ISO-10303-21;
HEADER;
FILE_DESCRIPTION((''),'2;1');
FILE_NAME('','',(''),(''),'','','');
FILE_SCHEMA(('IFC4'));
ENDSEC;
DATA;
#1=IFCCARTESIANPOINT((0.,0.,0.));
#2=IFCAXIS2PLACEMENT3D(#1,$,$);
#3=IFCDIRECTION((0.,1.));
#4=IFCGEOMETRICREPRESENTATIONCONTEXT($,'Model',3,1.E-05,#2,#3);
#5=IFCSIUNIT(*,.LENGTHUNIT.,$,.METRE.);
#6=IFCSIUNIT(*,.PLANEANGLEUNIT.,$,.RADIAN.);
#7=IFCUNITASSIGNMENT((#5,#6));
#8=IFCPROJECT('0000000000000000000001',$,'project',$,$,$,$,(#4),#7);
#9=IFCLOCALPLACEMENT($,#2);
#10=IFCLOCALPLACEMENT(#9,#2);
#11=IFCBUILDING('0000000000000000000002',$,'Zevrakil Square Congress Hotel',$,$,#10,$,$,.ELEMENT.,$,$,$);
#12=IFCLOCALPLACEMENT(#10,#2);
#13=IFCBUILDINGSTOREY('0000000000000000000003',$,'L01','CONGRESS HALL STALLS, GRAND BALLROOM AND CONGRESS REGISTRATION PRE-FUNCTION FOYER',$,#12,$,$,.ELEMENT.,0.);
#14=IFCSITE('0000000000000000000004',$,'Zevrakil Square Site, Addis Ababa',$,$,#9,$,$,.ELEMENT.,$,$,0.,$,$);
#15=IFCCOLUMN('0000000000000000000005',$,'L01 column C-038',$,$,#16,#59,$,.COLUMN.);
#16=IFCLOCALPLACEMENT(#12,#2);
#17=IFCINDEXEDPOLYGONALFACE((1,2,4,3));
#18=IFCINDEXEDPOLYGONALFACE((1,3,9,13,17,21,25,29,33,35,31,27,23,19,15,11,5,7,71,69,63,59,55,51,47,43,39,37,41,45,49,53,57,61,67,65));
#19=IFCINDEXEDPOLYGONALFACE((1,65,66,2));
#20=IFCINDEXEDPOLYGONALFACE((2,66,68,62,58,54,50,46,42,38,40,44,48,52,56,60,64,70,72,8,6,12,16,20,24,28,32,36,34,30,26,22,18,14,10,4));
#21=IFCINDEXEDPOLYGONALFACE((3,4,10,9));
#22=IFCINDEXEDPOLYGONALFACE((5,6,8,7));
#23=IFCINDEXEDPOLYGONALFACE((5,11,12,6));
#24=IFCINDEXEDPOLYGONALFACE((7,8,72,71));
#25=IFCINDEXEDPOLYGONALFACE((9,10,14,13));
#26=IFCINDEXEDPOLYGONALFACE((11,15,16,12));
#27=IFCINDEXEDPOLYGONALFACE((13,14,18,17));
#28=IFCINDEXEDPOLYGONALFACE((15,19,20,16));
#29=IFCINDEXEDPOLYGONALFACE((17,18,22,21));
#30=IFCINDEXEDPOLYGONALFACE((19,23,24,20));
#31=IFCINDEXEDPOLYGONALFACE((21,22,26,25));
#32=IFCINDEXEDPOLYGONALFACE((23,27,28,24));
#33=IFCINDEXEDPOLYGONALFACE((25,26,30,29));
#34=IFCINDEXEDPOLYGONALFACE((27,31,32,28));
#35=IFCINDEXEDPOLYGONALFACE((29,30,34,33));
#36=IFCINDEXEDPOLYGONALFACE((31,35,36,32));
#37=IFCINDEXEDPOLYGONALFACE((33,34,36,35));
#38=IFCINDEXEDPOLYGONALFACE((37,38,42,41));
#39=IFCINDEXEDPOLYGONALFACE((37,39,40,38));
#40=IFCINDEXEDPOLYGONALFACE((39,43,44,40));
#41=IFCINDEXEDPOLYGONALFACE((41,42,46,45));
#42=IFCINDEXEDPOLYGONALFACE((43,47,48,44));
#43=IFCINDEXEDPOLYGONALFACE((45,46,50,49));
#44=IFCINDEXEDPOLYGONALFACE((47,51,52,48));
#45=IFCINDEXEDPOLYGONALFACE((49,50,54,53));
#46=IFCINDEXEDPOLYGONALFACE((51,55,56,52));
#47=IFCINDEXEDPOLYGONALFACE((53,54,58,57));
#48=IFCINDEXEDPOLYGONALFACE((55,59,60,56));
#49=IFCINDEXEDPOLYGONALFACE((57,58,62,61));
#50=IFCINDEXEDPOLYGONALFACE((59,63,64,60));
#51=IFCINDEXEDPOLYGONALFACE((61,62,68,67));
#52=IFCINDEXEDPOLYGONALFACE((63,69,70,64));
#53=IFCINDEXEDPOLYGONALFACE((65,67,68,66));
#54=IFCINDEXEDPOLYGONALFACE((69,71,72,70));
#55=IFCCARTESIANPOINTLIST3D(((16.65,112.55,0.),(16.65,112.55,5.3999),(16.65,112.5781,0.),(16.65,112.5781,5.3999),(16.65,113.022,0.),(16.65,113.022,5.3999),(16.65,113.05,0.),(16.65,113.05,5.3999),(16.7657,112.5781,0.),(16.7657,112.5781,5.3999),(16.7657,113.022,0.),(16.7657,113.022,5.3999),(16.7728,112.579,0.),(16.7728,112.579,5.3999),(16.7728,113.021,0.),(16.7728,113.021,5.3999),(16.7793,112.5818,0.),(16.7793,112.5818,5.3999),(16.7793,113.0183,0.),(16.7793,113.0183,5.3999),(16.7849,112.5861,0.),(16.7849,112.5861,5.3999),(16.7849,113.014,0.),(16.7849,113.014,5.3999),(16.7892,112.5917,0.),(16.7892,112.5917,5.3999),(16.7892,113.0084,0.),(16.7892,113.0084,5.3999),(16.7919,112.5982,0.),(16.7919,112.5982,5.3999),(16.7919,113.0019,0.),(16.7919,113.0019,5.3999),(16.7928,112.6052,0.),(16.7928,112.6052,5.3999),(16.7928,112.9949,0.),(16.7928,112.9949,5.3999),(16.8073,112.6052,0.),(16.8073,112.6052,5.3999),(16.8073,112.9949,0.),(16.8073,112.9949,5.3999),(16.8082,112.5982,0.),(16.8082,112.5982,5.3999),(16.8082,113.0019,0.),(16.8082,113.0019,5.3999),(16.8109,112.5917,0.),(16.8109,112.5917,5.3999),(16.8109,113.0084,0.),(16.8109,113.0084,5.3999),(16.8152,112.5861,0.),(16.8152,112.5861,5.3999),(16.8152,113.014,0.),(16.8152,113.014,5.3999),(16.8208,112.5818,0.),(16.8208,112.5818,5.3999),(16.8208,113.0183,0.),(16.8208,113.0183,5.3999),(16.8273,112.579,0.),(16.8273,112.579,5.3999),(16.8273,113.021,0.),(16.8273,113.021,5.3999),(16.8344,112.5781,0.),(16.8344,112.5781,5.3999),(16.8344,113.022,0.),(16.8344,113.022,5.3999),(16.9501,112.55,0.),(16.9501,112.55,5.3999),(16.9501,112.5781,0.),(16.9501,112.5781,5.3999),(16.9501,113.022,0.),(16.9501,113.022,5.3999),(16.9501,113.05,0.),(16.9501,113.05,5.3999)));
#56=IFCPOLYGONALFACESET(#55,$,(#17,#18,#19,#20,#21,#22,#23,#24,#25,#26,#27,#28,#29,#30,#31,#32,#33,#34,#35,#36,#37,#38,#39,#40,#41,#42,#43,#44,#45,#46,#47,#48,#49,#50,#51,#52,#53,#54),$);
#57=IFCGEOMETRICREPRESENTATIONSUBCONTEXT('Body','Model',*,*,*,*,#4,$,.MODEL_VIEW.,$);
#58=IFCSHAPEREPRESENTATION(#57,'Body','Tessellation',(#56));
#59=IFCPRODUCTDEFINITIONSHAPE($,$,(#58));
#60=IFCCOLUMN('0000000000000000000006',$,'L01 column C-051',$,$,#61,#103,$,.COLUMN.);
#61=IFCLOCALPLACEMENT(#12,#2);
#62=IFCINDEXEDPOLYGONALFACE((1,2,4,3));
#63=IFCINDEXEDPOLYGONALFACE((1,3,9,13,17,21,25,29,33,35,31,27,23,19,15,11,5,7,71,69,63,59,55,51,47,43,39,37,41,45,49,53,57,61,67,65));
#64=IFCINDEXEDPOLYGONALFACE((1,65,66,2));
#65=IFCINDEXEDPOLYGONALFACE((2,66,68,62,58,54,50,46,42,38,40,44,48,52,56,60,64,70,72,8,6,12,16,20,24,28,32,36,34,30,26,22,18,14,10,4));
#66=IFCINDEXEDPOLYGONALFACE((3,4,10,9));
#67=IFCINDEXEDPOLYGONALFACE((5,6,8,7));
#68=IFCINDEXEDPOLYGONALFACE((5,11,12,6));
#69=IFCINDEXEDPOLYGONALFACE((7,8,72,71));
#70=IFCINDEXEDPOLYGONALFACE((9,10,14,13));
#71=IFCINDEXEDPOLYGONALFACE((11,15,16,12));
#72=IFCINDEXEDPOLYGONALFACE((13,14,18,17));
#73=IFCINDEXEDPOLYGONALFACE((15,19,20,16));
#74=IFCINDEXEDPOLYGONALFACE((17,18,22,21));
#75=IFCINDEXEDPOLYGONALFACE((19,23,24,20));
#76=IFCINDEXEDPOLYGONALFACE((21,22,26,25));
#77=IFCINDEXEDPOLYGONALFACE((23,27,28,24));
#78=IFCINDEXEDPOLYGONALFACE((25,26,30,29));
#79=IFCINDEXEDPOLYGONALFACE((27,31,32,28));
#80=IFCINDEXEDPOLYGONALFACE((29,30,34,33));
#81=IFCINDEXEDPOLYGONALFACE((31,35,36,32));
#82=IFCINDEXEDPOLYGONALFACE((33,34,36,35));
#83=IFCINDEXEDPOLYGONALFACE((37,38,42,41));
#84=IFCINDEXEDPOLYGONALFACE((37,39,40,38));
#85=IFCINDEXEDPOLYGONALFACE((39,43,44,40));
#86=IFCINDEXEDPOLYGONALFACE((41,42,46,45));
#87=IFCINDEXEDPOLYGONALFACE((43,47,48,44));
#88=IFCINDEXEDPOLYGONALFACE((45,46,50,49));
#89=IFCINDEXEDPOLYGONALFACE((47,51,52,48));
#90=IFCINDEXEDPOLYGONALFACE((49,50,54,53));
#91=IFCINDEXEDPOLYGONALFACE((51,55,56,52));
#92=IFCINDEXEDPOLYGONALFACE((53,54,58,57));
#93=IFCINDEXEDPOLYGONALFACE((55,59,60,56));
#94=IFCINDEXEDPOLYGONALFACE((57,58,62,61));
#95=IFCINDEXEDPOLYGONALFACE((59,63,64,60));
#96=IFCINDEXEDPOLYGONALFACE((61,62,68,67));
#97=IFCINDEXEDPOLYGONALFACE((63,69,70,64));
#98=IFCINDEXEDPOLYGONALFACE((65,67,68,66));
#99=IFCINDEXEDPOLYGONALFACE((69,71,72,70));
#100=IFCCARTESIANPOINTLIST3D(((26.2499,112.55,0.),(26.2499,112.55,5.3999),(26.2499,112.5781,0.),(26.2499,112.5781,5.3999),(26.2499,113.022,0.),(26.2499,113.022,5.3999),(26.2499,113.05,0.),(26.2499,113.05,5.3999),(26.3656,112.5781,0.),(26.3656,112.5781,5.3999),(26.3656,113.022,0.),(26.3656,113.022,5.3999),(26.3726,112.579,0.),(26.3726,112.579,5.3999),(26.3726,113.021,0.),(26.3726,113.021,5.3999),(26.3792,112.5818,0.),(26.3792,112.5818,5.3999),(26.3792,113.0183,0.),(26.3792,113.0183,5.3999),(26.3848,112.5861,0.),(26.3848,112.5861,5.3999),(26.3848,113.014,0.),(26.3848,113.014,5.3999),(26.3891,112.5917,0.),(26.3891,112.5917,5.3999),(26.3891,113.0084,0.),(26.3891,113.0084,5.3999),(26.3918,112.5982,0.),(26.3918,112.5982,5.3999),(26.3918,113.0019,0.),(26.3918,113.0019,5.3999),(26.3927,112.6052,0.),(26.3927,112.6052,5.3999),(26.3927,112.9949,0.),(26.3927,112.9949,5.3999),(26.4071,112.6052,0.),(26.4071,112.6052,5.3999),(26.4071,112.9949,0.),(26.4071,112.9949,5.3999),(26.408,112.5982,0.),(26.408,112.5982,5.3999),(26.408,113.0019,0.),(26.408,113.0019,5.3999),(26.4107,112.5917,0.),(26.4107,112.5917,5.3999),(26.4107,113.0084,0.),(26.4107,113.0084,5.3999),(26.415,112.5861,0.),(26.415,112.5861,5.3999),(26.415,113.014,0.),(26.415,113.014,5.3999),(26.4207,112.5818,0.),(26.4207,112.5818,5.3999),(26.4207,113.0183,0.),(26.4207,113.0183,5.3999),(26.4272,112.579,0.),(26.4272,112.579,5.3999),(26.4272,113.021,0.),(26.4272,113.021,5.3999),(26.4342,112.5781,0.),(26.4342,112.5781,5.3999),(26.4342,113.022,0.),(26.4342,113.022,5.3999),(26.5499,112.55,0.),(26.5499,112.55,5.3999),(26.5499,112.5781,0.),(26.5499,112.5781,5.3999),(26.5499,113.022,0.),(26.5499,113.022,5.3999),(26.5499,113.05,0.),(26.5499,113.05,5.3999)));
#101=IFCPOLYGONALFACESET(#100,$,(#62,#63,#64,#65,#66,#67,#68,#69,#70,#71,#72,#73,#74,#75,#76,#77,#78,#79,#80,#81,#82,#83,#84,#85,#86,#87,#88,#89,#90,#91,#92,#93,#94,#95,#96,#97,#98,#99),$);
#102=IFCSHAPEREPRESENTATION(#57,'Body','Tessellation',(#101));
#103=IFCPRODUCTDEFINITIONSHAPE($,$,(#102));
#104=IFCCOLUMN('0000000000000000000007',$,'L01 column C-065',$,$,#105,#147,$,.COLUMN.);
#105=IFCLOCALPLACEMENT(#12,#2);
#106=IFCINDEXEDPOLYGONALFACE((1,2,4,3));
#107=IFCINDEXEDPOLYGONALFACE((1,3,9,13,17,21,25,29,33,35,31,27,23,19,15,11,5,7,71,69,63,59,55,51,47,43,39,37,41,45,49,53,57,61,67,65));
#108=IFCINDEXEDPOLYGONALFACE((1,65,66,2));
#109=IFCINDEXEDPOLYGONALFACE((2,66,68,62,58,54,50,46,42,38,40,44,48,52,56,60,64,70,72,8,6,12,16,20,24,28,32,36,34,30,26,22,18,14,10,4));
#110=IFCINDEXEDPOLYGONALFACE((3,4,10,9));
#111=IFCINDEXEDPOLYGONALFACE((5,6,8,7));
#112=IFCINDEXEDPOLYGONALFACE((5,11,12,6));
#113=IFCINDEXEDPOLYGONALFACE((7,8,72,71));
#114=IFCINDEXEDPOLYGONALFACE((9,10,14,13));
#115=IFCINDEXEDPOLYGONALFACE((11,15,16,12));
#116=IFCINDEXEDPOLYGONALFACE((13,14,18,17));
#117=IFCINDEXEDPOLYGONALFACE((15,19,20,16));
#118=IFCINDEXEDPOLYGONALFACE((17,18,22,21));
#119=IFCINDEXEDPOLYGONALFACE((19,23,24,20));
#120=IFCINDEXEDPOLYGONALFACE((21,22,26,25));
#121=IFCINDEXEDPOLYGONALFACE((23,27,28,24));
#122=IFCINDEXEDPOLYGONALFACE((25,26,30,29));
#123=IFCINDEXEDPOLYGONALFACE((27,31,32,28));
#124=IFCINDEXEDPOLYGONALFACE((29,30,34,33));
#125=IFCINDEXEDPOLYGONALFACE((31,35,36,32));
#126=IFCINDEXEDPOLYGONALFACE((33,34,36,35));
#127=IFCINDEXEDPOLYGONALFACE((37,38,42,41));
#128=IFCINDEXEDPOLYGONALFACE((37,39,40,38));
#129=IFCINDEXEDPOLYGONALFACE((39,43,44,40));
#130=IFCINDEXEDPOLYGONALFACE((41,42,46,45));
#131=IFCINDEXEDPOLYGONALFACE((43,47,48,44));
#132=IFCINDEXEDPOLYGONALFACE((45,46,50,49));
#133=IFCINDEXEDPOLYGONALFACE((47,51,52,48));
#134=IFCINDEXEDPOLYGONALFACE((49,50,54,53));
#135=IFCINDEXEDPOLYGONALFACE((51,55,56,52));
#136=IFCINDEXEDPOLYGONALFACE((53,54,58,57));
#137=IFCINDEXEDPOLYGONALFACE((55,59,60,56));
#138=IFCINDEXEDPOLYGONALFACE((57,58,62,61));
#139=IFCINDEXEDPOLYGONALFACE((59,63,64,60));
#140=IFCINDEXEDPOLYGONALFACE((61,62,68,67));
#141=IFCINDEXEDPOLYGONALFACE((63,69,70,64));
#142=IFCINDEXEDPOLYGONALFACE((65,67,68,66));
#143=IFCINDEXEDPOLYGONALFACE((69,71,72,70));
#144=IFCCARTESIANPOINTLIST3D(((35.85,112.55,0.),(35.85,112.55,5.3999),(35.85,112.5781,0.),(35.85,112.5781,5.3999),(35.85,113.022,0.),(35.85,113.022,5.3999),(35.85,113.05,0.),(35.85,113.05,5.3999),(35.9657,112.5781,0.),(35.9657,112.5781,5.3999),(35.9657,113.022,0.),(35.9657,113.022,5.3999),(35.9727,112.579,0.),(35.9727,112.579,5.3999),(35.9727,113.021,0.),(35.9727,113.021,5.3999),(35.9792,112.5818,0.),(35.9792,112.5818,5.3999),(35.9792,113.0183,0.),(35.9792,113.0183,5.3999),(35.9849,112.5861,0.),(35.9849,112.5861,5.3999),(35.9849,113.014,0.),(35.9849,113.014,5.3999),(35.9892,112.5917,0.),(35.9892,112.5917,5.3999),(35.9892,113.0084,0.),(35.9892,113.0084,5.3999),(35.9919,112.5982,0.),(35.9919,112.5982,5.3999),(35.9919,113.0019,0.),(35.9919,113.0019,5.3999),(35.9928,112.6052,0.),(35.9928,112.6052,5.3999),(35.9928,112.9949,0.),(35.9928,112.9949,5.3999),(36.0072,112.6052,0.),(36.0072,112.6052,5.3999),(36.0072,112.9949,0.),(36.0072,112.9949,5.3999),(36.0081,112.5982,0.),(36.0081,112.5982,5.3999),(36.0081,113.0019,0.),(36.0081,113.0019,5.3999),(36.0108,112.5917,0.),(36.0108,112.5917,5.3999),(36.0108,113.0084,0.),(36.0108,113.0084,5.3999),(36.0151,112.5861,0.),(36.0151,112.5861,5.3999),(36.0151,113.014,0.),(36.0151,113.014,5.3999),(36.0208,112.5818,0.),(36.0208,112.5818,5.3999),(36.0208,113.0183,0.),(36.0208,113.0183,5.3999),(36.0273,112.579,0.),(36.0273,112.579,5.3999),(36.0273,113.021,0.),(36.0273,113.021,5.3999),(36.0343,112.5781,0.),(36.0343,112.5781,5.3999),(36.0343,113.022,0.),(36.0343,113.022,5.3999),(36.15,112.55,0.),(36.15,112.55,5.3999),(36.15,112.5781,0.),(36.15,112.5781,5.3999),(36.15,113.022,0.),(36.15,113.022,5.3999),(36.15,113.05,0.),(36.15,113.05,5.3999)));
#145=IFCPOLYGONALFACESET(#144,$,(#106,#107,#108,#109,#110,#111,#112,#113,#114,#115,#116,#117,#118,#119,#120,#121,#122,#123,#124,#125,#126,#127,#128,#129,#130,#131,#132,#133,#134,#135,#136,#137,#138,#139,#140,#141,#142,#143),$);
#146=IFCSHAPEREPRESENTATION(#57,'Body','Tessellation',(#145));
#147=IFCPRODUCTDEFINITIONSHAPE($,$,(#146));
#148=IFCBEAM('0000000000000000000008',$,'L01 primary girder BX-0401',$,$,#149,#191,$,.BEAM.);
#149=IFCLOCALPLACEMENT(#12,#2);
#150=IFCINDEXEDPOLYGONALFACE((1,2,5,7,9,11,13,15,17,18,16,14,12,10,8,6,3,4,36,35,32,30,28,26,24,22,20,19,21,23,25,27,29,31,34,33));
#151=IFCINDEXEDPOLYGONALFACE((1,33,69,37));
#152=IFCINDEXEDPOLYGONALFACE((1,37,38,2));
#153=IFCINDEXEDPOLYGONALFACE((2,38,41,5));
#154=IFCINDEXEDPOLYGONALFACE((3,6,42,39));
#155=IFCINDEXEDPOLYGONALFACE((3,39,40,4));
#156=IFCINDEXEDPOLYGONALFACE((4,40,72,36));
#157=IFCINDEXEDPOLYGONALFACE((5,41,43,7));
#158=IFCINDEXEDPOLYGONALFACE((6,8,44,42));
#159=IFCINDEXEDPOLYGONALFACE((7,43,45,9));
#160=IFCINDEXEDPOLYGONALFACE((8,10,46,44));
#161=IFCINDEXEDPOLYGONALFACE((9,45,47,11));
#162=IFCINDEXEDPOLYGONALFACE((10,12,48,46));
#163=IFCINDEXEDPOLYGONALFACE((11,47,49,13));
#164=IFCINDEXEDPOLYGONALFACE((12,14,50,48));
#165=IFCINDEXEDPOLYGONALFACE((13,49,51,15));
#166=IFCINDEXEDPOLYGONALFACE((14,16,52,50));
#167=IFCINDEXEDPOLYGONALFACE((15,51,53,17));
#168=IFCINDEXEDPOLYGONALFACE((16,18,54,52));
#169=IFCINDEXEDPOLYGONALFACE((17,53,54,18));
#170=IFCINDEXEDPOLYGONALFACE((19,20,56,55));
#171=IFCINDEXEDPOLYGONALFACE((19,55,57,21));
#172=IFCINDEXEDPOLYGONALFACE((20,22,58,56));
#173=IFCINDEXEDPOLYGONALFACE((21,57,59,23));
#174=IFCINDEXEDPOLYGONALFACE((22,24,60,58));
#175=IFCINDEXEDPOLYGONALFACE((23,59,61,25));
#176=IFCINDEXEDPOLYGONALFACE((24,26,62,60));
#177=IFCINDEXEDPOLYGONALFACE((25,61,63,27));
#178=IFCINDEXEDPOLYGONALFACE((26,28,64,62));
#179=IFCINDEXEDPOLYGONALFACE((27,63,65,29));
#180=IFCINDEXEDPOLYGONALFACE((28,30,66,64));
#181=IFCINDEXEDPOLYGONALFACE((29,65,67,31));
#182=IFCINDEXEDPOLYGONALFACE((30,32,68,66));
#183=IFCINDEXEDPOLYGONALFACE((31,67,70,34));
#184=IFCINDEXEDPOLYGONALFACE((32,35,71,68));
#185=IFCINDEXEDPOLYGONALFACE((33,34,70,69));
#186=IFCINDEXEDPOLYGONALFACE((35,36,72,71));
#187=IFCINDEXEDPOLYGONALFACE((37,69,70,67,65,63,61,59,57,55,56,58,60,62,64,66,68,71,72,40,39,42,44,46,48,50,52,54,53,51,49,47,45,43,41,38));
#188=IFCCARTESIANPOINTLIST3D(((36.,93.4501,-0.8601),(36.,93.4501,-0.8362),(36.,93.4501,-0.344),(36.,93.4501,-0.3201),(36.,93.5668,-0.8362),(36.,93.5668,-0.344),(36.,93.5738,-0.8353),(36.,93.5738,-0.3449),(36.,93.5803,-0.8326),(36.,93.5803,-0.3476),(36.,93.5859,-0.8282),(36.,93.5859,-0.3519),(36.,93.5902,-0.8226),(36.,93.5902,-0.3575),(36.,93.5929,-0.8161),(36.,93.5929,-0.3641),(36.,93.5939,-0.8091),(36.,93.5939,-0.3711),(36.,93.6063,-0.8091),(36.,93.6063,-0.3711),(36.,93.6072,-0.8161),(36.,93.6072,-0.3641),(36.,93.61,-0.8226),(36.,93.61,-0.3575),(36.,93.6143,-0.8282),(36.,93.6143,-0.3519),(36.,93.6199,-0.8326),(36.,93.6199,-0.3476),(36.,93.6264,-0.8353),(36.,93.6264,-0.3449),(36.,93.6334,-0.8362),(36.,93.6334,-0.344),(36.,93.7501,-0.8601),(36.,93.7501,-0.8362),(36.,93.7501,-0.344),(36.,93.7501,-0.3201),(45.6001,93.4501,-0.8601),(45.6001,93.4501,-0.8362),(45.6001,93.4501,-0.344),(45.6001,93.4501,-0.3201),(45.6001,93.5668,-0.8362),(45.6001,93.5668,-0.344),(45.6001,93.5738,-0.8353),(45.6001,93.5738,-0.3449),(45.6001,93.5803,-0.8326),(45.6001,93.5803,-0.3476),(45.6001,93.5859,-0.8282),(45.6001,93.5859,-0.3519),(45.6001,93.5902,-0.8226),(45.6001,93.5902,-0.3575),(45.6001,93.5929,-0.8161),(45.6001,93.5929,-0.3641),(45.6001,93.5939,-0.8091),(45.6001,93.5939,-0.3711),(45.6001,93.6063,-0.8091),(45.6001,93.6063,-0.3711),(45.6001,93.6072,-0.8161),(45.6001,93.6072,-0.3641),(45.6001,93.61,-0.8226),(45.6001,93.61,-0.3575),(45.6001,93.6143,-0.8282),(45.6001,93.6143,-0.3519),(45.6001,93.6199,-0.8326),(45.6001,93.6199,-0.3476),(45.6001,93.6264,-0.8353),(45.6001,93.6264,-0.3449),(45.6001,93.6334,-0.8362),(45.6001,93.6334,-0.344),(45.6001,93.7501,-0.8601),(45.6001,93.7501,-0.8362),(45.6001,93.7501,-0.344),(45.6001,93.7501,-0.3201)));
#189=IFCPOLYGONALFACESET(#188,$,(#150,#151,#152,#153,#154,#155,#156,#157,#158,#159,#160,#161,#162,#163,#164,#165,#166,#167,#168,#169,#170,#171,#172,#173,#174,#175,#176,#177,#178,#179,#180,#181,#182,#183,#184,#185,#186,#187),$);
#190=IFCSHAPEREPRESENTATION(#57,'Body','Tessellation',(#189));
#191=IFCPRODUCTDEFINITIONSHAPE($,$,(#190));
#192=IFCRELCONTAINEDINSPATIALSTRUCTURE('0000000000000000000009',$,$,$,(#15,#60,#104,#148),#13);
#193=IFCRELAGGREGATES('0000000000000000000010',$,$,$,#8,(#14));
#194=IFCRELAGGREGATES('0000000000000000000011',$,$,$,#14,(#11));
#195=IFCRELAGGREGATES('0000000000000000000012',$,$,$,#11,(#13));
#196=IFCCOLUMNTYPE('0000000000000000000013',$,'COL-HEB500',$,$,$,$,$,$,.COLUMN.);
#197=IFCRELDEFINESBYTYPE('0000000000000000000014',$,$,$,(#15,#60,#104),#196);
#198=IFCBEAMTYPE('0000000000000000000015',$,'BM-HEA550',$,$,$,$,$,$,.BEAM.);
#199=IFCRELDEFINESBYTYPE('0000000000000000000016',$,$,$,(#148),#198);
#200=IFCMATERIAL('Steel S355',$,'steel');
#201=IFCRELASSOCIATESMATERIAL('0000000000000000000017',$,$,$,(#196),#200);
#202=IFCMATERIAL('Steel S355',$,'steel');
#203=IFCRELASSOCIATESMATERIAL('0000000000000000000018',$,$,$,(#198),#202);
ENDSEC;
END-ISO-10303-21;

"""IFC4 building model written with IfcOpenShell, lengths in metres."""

from ifc_helpers import new_model, si_unit, direction, frame, origin, origin_2d, place, context, subcontext, project, spatial, i_section, extrude, material, material_profile, profile_set, type_object, element, save


model = new_model("IFC4")

# Units and contexts
model_context = context("Model", 3, precision=1e-05, world=origin(), true_north=direction((0.0, 1.0)))
body_context = subcontext(model_context, "Body", "Model", "MODEL_VIEW")
ifc_project = project(units=[si_unit("LENGTHUNIT", "METRE"), si_unit("PLANEANGLEUNIT", "RADIAN")], contexts=[model_context])

# Site, building, storey
site_placement = place(None, origin())
site = spatial("IfcSite", under=ifc_project, at=site_placement, Name="Zevrakil Square Site, Addis Ababa", CompositionType="ELEMENT", RefElevation=0.0)
building_placement = place(site_placement, origin())
building = spatial("IfcBuilding", under=site, at=building_placement, Name="Zevrakil Square Congress Hotel", CompositionType="ELEMENT")
storey_placement = place(building_placement, origin())
storey = spatial("IfcBuildingStorey", under=building, at=storey_placement, Name="L01", Description="CONGRESS HALL STALLS, GRAND BALLROOM AND CONGRESS REGISTRATION PRE-FUNCTION FOYER", CompositionType="ELEMENT", Elevation=0.0)

# Columns
ifc_material_1 = material(Name="Steel S355", Category="steel")
ifc_material_profile_1 = material_profile(ifc_material_1, i_section(OverallWidth=0.3, OverallDepth=0.5, WebThickness=0.0144, FlangeThickness=0.0281, FilletRadius=0.0271, at=origin_2d()), Name="HEB 500")
ifc_profile_set_1 = profile_set([ifc_material_profile_1], Name="Steel S355")
column_type = type_object("IfcColumnType", Name="COL-HEB500", PredefinedType="COLUMN", material=ifc_profile_set_1)
for number, where, z_axis, x_axis, name in (
    (1, (16.8, 112.8, 0.0), (0.0, 0.0, 1.0), (1.0, 0.0, 0.0), "L01 column C-038"),
    (2, (26.3999, 112.8, 0.0), (0.0, 0.0, 1.0), (1.0, 0.0, 0.0), "L01 column C-051"),
    (3, (36.0, 112.8, 0.0), (0.0, 0.0, 1.0), (1.0, 0.0, 0.0), "L01 column C-065"),
):
    element("IfcColumn", number, at=place(storey_placement, frame(where, z_axis=z_axis, x_axis=x_axis)), inside=storey, type_object=column_type, Name=name, PredefinedType="COLUMN", context=body_context, shape_type="SweptSolid", body=[
        extrude(i_section(OverallWidth=0.3, OverallDepth=0.5, WebThickness=0.0144, FlangeThickness=0.0281, FilletRadius=0.0271, at=origin_2d()), origin(), (0.0, 0.0, 1.0), 5.3999),
    ])

# Beam
ifc_material_2 = material(Name="Steel S355", Category="steel")
ifc_material_profile_2 = material_profile(ifc_material_2, i_section(OverallWidth=0.3, OverallDepth=0.54, WebThickness=0.0125, FlangeThickness=0.0239, FilletRadius=0.0271, at=origin_2d()), Name="HEA 550")
ifc_profile_set_2 = profile_set([ifc_material_profile_2], Name="Steel S355")
beam_type_1 = type_object("IfcBeamType", Name="BM-HEA550", PredefinedType="BEAM", material=ifc_profile_set_2)
for number, where, z_axis, x_axis, name in (
    (4, (36.0, 93.6001, -0.5901), (1.0, 0.0, 0.0), (0.0, 1.0, 0.0), "L01 primary girder BX-0401"),
):
    element("IfcBeam", number, at=place(storey_placement, frame(where, z_axis=z_axis, x_axis=x_axis)), inside=storey, type_object=beam_type_1, Name=name, PredefinedType="BEAM", context=body_context, shape_type="SweptSolid", body=[
        extrude(i_section(OverallWidth=0.3, OverallDepth=0.54, WebThickness=0.0125, FlangeThickness=0.0239, FilletRadius=0.0271, at=origin_2d()), origin(), (0.0, 0.0, 1.0), 9.6001),
    ])

save(model, "model.ifc")
